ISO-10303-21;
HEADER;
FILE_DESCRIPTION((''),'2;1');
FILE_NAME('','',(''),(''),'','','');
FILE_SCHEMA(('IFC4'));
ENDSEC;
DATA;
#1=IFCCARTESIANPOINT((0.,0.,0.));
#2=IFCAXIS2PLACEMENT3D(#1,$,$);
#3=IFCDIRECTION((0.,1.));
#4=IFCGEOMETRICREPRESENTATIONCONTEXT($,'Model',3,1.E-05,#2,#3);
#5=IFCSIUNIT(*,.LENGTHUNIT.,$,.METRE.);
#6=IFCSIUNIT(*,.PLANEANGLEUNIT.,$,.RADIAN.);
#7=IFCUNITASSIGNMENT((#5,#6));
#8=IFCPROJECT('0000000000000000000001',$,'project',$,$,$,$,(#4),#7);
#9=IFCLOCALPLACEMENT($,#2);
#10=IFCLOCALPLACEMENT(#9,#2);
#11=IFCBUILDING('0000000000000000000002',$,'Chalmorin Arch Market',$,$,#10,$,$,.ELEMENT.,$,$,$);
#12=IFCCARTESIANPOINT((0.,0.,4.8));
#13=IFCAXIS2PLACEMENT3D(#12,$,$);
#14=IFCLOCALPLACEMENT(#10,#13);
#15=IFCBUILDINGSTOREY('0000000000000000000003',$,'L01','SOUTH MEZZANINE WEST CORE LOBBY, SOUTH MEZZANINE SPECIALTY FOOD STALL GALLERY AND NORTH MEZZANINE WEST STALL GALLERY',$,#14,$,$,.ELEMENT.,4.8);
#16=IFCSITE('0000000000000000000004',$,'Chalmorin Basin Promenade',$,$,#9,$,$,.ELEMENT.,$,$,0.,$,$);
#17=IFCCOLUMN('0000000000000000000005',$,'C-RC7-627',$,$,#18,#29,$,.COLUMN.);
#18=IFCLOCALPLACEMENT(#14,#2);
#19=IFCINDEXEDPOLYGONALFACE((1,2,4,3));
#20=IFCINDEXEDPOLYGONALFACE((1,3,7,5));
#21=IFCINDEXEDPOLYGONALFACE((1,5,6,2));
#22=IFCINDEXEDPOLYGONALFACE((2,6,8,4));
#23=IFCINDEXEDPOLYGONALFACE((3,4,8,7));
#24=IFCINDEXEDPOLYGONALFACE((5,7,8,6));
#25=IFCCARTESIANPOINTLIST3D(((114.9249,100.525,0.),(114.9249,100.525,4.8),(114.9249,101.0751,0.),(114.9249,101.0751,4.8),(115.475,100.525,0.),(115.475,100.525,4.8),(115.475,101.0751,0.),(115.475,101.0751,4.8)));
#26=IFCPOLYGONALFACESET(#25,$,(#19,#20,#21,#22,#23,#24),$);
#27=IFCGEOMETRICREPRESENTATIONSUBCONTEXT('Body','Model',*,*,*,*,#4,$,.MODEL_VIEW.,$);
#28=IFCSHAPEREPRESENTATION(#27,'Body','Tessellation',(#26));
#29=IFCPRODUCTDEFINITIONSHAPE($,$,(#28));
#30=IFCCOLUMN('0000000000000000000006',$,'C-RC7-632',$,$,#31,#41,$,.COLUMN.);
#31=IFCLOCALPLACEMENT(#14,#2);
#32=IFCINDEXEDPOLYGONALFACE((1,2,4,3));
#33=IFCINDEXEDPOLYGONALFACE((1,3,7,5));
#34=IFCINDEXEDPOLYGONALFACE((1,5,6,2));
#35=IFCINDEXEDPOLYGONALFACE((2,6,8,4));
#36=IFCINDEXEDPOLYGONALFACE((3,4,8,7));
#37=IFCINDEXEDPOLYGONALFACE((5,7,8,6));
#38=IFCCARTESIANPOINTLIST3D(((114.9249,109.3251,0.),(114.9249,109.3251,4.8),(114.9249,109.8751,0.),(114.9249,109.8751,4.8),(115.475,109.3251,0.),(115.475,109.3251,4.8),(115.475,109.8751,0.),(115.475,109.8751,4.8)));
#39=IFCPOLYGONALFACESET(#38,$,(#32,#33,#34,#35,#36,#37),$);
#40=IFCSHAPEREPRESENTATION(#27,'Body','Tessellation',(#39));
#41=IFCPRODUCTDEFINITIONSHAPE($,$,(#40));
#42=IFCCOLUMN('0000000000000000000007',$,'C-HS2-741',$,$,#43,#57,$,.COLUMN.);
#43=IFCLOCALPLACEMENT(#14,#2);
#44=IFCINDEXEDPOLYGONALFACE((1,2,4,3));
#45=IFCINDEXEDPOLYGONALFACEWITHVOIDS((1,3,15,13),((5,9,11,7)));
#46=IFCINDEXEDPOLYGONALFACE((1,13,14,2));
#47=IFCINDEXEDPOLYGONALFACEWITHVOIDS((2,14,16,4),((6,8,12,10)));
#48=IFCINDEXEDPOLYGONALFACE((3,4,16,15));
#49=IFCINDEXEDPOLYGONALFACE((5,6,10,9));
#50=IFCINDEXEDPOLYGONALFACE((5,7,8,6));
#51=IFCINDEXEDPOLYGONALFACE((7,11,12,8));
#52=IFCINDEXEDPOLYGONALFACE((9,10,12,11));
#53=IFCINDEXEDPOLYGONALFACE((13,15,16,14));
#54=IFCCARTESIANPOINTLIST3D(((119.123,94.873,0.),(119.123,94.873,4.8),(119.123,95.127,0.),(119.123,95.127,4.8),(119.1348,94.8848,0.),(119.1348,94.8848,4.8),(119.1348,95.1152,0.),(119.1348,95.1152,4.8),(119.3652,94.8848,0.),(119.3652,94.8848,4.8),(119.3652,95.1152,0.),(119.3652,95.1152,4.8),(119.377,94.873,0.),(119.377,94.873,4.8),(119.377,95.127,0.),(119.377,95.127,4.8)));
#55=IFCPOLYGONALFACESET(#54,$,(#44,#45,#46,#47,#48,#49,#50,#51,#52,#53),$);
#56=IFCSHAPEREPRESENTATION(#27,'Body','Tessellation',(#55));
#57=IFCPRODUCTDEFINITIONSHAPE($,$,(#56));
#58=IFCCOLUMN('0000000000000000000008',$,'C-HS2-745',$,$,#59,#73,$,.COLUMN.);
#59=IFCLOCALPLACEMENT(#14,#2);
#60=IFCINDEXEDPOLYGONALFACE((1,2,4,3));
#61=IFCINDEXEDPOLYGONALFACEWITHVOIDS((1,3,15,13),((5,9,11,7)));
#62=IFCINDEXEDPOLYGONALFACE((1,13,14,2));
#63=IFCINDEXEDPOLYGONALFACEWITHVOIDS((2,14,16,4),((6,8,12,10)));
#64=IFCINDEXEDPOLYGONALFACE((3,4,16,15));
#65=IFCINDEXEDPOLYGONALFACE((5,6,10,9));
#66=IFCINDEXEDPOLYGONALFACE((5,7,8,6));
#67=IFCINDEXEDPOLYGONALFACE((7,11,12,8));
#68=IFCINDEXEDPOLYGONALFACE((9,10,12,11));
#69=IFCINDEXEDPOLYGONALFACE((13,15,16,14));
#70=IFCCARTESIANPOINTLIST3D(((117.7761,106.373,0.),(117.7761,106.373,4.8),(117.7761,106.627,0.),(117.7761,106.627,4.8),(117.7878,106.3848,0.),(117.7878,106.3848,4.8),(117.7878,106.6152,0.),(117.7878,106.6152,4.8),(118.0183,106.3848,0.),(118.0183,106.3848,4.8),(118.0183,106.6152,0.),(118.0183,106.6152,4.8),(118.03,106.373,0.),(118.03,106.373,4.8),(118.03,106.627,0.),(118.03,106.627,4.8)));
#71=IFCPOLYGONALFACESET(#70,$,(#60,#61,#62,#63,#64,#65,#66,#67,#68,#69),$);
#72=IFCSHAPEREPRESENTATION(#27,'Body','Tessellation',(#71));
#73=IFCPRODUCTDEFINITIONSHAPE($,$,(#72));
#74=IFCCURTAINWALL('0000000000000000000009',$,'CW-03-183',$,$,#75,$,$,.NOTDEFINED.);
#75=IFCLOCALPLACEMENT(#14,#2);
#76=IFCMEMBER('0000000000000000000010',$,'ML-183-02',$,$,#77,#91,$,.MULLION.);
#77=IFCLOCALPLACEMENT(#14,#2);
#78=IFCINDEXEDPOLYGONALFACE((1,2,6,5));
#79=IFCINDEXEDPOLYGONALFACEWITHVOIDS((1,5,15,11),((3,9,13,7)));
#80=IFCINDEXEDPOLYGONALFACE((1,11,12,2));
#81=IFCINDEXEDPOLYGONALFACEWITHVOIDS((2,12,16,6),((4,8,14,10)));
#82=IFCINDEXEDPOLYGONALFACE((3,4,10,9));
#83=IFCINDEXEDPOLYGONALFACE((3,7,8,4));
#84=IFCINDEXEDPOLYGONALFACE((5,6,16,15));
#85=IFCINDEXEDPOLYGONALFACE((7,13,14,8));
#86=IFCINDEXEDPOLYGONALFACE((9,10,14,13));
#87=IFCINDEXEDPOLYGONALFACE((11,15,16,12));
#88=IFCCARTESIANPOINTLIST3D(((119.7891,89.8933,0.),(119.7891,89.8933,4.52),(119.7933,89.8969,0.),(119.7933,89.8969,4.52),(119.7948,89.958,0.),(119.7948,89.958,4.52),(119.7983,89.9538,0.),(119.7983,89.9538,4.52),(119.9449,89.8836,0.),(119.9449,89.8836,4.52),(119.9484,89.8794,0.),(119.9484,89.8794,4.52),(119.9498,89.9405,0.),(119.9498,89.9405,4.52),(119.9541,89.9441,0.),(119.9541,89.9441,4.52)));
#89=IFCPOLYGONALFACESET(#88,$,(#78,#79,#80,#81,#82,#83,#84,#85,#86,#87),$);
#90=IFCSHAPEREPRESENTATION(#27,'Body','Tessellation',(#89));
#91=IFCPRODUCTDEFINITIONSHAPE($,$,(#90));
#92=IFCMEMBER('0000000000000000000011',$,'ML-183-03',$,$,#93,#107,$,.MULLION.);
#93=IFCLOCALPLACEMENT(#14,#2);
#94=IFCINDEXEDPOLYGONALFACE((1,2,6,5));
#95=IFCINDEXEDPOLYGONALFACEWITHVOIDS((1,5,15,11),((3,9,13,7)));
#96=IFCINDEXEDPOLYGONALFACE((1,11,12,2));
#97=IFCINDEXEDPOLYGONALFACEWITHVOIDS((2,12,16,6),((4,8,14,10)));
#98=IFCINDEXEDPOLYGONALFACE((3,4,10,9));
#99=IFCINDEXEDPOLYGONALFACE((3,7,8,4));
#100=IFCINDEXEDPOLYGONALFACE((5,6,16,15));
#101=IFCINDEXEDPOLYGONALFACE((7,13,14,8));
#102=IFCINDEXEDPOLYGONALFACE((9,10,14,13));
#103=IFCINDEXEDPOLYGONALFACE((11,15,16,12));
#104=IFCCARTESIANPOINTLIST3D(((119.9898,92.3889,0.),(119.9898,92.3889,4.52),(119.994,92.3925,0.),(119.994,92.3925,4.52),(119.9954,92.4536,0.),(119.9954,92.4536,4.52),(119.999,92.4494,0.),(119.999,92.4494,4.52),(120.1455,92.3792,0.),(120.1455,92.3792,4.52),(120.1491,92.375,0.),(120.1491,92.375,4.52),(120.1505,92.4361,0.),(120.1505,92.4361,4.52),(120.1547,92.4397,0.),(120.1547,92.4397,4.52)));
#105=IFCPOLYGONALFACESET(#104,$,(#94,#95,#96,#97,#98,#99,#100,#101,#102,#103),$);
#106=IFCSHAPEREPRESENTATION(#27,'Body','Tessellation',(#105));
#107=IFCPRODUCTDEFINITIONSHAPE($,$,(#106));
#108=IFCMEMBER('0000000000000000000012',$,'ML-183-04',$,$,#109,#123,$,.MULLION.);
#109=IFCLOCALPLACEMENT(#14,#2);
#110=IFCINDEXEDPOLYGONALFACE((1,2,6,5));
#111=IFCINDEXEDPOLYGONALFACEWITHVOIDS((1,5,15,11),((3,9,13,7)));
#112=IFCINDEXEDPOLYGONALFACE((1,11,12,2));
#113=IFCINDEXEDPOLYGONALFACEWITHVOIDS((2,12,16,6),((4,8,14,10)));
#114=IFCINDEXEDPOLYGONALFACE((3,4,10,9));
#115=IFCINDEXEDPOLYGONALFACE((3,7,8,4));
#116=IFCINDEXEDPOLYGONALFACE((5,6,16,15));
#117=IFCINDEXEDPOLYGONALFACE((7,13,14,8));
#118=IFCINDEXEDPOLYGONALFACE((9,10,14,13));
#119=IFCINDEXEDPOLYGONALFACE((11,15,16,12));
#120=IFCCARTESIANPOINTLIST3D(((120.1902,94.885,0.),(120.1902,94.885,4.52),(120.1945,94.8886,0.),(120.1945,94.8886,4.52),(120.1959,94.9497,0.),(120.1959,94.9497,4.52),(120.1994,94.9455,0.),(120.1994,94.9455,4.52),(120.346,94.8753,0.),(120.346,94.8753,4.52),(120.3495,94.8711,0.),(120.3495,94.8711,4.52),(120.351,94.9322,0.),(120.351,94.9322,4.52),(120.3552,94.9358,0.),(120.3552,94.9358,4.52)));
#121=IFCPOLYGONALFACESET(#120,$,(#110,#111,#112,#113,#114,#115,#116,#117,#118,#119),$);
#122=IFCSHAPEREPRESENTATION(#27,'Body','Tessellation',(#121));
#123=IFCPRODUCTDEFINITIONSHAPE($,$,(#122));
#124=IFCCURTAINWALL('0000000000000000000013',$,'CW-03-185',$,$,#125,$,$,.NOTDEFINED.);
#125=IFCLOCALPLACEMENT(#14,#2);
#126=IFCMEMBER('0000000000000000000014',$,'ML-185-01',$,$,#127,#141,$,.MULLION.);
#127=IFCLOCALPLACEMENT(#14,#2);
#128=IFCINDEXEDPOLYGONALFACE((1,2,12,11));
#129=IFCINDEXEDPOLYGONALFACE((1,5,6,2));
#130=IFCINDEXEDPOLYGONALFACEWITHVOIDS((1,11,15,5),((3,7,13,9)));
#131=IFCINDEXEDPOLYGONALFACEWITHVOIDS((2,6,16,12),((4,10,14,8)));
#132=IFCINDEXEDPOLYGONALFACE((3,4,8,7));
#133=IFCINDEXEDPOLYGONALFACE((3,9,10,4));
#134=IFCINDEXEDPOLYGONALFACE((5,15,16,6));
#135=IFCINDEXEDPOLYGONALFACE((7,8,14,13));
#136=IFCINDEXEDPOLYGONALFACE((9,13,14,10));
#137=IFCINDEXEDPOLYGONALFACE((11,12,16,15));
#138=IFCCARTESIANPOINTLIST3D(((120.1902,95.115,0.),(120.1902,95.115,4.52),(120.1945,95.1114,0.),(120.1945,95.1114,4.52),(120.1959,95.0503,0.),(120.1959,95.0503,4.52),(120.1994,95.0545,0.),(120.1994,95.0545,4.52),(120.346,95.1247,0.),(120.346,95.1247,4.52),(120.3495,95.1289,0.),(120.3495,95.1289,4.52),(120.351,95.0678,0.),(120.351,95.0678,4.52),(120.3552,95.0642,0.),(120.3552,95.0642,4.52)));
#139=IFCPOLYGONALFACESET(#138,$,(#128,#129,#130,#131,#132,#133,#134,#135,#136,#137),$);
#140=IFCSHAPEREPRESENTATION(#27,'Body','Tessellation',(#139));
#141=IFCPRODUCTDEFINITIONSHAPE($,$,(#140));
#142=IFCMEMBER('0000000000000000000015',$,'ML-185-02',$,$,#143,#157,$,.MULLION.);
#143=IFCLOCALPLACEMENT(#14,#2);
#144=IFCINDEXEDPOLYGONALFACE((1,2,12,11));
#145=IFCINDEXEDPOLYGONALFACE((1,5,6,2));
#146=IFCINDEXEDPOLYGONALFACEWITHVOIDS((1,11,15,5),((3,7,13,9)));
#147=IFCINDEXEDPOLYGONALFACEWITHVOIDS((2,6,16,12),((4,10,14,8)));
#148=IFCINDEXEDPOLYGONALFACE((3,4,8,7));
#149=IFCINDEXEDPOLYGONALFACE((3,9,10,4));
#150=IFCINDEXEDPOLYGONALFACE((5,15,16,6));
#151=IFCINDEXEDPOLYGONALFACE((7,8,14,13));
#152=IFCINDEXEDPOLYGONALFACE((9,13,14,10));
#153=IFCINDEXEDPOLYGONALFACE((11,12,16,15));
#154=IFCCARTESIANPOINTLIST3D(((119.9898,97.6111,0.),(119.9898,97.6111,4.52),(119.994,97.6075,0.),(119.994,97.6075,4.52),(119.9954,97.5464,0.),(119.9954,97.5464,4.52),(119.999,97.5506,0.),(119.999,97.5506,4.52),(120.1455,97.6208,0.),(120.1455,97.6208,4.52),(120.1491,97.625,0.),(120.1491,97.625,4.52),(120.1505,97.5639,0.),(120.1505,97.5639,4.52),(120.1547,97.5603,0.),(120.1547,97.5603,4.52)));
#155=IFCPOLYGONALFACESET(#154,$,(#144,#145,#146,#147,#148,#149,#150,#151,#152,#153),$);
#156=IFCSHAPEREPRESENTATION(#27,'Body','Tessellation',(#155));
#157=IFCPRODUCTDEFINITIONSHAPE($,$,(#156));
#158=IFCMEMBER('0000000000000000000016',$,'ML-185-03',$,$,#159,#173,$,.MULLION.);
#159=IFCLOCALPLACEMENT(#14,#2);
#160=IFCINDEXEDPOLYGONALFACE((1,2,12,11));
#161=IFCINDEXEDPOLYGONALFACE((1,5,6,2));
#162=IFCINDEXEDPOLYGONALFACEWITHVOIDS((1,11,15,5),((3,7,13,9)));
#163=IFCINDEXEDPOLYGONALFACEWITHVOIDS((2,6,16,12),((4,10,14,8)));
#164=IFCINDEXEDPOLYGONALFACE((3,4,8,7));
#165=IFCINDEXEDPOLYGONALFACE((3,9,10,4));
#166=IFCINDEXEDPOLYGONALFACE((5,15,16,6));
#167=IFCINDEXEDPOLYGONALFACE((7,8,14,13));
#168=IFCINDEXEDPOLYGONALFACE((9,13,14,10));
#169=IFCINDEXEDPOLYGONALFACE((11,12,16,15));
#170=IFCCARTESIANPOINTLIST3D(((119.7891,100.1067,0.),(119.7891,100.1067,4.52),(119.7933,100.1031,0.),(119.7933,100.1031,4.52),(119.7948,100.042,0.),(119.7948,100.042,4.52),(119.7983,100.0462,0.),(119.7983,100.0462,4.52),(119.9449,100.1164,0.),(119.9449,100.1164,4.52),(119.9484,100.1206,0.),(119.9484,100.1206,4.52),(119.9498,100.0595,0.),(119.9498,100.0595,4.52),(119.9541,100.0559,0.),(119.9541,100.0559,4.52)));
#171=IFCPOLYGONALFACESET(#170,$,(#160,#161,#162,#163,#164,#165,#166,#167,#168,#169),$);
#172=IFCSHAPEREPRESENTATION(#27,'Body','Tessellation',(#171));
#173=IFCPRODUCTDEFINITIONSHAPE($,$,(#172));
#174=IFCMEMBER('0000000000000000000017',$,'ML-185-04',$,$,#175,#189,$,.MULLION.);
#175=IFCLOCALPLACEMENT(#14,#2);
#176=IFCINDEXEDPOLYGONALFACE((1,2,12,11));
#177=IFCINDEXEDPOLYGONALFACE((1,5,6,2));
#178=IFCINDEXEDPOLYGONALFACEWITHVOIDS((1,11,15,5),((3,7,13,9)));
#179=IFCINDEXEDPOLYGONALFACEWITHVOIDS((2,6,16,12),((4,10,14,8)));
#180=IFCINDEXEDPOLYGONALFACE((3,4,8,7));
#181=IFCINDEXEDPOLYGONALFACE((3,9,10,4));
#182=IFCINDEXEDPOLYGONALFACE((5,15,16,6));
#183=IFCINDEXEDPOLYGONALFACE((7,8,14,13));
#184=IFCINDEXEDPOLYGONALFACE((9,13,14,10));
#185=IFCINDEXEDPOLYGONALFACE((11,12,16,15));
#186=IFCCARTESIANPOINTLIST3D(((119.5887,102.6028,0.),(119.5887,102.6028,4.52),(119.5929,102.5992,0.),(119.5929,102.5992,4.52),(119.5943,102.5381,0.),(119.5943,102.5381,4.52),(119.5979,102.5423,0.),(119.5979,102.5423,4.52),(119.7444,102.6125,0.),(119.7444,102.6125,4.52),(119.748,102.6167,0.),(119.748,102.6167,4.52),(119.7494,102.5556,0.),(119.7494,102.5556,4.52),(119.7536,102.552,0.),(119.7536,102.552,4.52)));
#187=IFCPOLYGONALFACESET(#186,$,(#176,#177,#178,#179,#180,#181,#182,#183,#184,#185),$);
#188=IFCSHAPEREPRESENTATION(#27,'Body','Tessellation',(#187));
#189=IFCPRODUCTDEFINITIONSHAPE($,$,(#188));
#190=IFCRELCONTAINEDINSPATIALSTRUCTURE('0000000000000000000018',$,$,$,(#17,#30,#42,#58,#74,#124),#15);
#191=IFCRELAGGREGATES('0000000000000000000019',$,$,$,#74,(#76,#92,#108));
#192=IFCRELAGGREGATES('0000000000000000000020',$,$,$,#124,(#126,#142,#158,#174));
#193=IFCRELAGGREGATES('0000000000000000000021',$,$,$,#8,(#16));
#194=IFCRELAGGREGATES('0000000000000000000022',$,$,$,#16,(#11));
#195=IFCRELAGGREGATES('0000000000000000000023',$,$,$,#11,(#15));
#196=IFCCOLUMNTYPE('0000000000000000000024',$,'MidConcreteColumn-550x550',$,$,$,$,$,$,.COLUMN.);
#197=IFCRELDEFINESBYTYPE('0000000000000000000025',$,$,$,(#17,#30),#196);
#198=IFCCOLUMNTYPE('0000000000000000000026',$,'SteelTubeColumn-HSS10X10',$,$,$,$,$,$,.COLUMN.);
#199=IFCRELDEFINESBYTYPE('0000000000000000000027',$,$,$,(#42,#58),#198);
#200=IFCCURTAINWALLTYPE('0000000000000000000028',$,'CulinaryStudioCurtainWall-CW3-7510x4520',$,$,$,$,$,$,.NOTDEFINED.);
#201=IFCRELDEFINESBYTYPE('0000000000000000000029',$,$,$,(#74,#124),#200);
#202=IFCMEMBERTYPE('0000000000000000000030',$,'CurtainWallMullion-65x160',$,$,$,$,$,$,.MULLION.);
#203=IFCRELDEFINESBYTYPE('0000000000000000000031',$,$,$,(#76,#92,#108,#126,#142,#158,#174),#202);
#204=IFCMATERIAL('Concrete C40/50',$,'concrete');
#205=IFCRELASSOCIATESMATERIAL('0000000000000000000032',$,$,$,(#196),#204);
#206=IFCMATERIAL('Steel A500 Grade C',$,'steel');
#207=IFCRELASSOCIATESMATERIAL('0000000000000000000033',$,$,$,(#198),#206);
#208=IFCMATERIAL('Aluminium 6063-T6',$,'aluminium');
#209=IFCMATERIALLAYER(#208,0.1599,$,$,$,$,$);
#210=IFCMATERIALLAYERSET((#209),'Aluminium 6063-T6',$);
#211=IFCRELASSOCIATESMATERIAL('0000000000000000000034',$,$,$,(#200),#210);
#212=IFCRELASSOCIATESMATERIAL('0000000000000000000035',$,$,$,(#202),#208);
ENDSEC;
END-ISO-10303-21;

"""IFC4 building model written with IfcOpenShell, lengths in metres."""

from ifc_helpers import new_model, si_unit, direction, frame, origin, origin_2d, place, context, subcontext, project, spatial, rectangle, hollow_rectangle, extrude, material, layer, layer_set, material_profile, profile_set, type_object, element, aggregate, save


model = new_model("IFC4")

# Units and contexts
model_context = context("Model", 3, precision=1e-05, world=origin(), true_north=direction((0.0, 1.0)))
body_context = subcontext(model_context, "Body", "Model", "MODEL_VIEW")
ifc_project = project(units=[si_unit("LENGTHUNIT", "METRE"), si_unit("PLANEANGLEUNIT", "RADIAN")], contexts=[model_context])

# Site, building, storey
site_placement = place(None, origin())
site = spatial("IfcSite", under=ifc_project, at=site_placement, Name="Chalmorin Basin Promenade", CompositionType="ELEMENT", RefElevation=0.0)
building_placement = place(site_placement, origin())
building = spatial("IfcBuilding", under=site, at=building_placement, Name="Chalmorin Arch Market", CompositionType="ELEMENT")
storey_placement = place(building_placement, frame((0.0, 0.0, 4.8)))
storey = spatial("IfcBuildingStorey", under=building, at=storey_placement, Name="L01", Description="SOUTH MEZZANINE WEST CORE LOBBY, SOUTH MEZZANINE SPECIALTY FOOD STALL GALLERY AND NORTH MEZZANINE WEST STALL GALLERY", CompositionType="ELEMENT", Elevation=4.8)

# Columns
ifc_material_1 = material(Name="Concrete C40/50", Category="concrete")
ifc_material_profile_1 = material_profile(ifc_material_1, rectangle(XDim=0.55, YDim=0.55, at=origin_2d()), Name="RC550X550")
ifc_profile_set_1 = profile_set([ifc_material_profile_1], Name="Concrete C40/50")
column_type_1 = type_object("IfcColumnType", Name="MidConcreteColumn-550x550", PredefinedType="COLUMN", material=ifc_profile_set_1)
for number, where, z_axis, x_axis, name in (
    (1, (115.2, 100.8, 0.0), (0.0, 0.0, 1.0), (1.0, 0.0, 0.0), "C-RC7-627"),
    (2, (115.2, 109.6001, 0.0), (0.0, 0.0, 1.0), (1.0, 0.0, 0.0), "C-RC7-632"),
):
    element("IfcColumn", number, at=place(storey_placement, frame(where, z_axis=z_axis, x_axis=x_axis)), inside=storey, type_object=column_type_1, Name=name, PredefinedType="COLUMN", context=body_context, shape_type="SweptSolid", body=[
        extrude(rectangle(XDim=0.55, YDim=0.55, at=origin_2d()), origin(), (0.0, 0.0, 1.0), 4.8),
    ])
ifc_material_2 = material(Name="Steel A500 Grade C", Category="steel")
ifc_material_profile_2 = material_profile(ifc_material_2, hollow_rectangle(XDim=0.2539, YDim=0.2539, WallThickness=0.0117, at=origin_2d()), Name="HSS10X10X1/2")
ifc_profile_set_2 = profile_set([ifc_material_profile_2], Name="Steel A500 Grade C")
column_type_2 = type_object("IfcColumnType", Name="SteelTubeColumn-HSS10X10", PredefinedType="COLUMN", material=ifc_profile_set_2)
for number, where, z_axis, x_axis, name in (
    (3, (119.25, 95.0, 0.0), (0.0, 0.0, 1.0), (1.0, 0.0, 0.0), "C-HS2-741"),
    (4, (117.9031, 106.5, 0.0), (0.0, 0.0, 1.0), (1.0, 0.0, 0.0), "C-HS2-745"),
):
    element("IfcColumn", number, at=place(storey_placement, frame(where, z_axis=z_axis, x_axis=x_axis)), inside=storey, type_object=column_type_2, Name=name, PredefinedType="COLUMN", context=body_context, shape_type="SweptSolid", body=[
        extrude(hollow_rectangle(XDim=0.2539, YDim=0.2539, WallThickness=0.0117, at=origin_2d()), origin(), (0.0, 0.0, 1.0), 4.8),
    ])

# Curtain walls, members
ifc_material_3 = material(Name="Aluminium 6063-T6", Category="aluminium")
ifc_layer_1 = layer(ifc_material_3, 0.1599)
ifc_layer_set_1 = layer_set([ifc_layer_1], Name="Aluminium 6063-T6")
curtain_wall_type_1 = type_object("IfcCurtainWallType", Name="CulinaryStudioCurtainWall-CW3-7510x4520", PredefinedType="NOTDEFINED", material=ifc_layer_set_1)
curtain_wall_1_placement = place(storey_placement, origin())
curtain_wall_1 = element("IfcCurtainWall", 5, at=curtain_wall_1_placement, inside=storey, type_object=curtain_wall_type_1, Name="CW-03-183", PredefinedType="NOTDEFINED")
ifc_material_profile_3 = material_profile(ifc_material_3, hollow_rectangle(XDim=0.0649, YDim=0.1599, WallThickness=0.0039, at=origin_2d()), Name="ALU65X160X4")
ifc_profile_set_3 = profile_set([ifc_material_profile_3], Name="Aluminium 6063-T6")
member_type_1 = type_object("IfcMemberType", Name="CurtainWallMullion-65x160", PredefinedType="MULLION", material=ifc_profile_set_3)
member_1_placement = place(storey_placement, frame((119.8716, 89.9187, 0.0), z_axis=(0.0, 0.0, 1.0), x_axis=(0.087156, 0.996195, 0.0)))
member_1 = element("IfcMember", 6, at=member_1_placement, type_object=member_type_1, Name="ML-183-02", PredefinedType="MULLION", context=body_context, shape_type="SweptSolid", body=[
    extrude(hollow_rectangle(XDim=0.0649, YDim=0.1599, WallThickness=0.0039, at=origin_2d()), origin(), (0.0, 0.0, 1.0), 4.52),
])
member_2_placement = place(storey_placement, frame((120.0723, 92.4143, 0.0), z_axis=(0.0, 0.0, 1.0), x_axis=(0.087156, 0.996195, 0.0)))
member_2 = element("IfcMember", 7, at=member_2_placement, type_object=member_type_1, Name="ML-183-03", PredefinedType="MULLION", context=body_context, shape_type="SweptSolid", body=[
    extrude(hollow_rectangle(XDim=0.0649, YDim=0.1599, WallThickness=0.0039, at=origin_2d()), origin(), (0.0, 0.0, 1.0), 4.52),
])
member_3_placement = place(storey_placement, frame((120.2727, 94.9104, 0.0), z_axis=(0.0, 0.0, 1.0), x_axis=(0.087156, 0.996195, 0.0)))
member_3 = element("IfcMember", 8, at=member_3_placement, type_object=member_type_1, Name="ML-183-04", PredefinedType="MULLION", context=body_context, shape_type="SweptSolid", body=[
    extrude(hollow_rectangle(XDim=0.0649, YDim=0.1599, WallThickness=0.0039, at=origin_2d()), origin(), (0.0, 0.0, 1.0), 4.52),
])
curtain_wall_2_placement = place(storey_placement, origin())
curtain_wall_2 = element("IfcCurtainWall", 9, at=curtain_wall_2_placement, inside=storey, type_object=curtain_wall_type_1, Name="CW-03-185", PredefinedType="NOTDEFINED")
member_4_placement = place(storey_placement, frame((120.2727, 95.0896, 0.0), z_axis=(0.0, 0.0, 1.0), x_axis=(-0.087156, 0.996195, 0.0)))
member_4 = element("IfcMember", 10, at=member_4_placement, type_object=member_type_1, Name="ML-185-01", PredefinedType="MULLION", context=body_context, shape_type="SweptSolid", body=[
    extrude(hollow_rectangle(XDim=0.0649, YDim=0.1599, WallThickness=0.0039, at=origin_2d()), origin(), (0.0, 0.0, 1.0), 4.52),
])
member_5_placement = place(storey_placement, frame((120.0723, 97.5857, 0.0), z_axis=(0.0, 0.0, 1.0), x_axis=(-0.087156, 0.996195, 0.0)))
member_5 = element("IfcMember", 11, at=member_5_placement, type_object=member_type_1, Name="ML-185-02", PredefinedType="MULLION", context=body_context, shape_type="SweptSolid", body=[
    extrude(hollow_rectangle(XDim=0.0649, YDim=0.1599, WallThickness=0.0039, at=origin_2d()), origin(), (0.0, 0.0, 1.0), 4.52),
])
member_6_placement = place(storey_placement, frame((119.8716, 100.0813, 0.0), z_axis=(0.0, 0.0, 1.0), x_axis=(-0.087156, 0.996195, 0.0)))
member_6 = element("IfcMember", 12, at=member_6_placement, type_object=member_type_1, Name="ML-185-03", PredefinedType="MULLION", context=body_context, shape_type="SweptSolid", body=[
    extrude(hollow_rectangle(XDim=0.0649, YDim=0.1599, WallThickness=0.0039, at=origin_2d()), origin(), (0.0, 0.0, 1.0), 4.52),
])
member_7_placement = place(storey_placement, frame((119.6711, 102.5774, 0.0), z_axis=(0.0, 0.0, 1.0), x_axis=(-0.087156, 0.996195, 0.0)))
member_7 = element("IfcMember", 13, at=member_7_placement, type_object=member_type_1, Name="ML-185-04", PredefinedType="MULLION", context=body_context, shape_type="SweptSolid", body=[
    extrude(hollow_rectangle(XDim=0.0649, YDim=0.1599, WallThickness=0.0039, at=origin_2d()), origin(), (0.0, 0.0, 1.0), 4.52),
])

aggregate(curtain_wall_1, [member_1, member_2, member_3])
aggregate(curtain_wall_2, [member_4, member_5, member_6, member_7])

save(model, "model.ifc")
